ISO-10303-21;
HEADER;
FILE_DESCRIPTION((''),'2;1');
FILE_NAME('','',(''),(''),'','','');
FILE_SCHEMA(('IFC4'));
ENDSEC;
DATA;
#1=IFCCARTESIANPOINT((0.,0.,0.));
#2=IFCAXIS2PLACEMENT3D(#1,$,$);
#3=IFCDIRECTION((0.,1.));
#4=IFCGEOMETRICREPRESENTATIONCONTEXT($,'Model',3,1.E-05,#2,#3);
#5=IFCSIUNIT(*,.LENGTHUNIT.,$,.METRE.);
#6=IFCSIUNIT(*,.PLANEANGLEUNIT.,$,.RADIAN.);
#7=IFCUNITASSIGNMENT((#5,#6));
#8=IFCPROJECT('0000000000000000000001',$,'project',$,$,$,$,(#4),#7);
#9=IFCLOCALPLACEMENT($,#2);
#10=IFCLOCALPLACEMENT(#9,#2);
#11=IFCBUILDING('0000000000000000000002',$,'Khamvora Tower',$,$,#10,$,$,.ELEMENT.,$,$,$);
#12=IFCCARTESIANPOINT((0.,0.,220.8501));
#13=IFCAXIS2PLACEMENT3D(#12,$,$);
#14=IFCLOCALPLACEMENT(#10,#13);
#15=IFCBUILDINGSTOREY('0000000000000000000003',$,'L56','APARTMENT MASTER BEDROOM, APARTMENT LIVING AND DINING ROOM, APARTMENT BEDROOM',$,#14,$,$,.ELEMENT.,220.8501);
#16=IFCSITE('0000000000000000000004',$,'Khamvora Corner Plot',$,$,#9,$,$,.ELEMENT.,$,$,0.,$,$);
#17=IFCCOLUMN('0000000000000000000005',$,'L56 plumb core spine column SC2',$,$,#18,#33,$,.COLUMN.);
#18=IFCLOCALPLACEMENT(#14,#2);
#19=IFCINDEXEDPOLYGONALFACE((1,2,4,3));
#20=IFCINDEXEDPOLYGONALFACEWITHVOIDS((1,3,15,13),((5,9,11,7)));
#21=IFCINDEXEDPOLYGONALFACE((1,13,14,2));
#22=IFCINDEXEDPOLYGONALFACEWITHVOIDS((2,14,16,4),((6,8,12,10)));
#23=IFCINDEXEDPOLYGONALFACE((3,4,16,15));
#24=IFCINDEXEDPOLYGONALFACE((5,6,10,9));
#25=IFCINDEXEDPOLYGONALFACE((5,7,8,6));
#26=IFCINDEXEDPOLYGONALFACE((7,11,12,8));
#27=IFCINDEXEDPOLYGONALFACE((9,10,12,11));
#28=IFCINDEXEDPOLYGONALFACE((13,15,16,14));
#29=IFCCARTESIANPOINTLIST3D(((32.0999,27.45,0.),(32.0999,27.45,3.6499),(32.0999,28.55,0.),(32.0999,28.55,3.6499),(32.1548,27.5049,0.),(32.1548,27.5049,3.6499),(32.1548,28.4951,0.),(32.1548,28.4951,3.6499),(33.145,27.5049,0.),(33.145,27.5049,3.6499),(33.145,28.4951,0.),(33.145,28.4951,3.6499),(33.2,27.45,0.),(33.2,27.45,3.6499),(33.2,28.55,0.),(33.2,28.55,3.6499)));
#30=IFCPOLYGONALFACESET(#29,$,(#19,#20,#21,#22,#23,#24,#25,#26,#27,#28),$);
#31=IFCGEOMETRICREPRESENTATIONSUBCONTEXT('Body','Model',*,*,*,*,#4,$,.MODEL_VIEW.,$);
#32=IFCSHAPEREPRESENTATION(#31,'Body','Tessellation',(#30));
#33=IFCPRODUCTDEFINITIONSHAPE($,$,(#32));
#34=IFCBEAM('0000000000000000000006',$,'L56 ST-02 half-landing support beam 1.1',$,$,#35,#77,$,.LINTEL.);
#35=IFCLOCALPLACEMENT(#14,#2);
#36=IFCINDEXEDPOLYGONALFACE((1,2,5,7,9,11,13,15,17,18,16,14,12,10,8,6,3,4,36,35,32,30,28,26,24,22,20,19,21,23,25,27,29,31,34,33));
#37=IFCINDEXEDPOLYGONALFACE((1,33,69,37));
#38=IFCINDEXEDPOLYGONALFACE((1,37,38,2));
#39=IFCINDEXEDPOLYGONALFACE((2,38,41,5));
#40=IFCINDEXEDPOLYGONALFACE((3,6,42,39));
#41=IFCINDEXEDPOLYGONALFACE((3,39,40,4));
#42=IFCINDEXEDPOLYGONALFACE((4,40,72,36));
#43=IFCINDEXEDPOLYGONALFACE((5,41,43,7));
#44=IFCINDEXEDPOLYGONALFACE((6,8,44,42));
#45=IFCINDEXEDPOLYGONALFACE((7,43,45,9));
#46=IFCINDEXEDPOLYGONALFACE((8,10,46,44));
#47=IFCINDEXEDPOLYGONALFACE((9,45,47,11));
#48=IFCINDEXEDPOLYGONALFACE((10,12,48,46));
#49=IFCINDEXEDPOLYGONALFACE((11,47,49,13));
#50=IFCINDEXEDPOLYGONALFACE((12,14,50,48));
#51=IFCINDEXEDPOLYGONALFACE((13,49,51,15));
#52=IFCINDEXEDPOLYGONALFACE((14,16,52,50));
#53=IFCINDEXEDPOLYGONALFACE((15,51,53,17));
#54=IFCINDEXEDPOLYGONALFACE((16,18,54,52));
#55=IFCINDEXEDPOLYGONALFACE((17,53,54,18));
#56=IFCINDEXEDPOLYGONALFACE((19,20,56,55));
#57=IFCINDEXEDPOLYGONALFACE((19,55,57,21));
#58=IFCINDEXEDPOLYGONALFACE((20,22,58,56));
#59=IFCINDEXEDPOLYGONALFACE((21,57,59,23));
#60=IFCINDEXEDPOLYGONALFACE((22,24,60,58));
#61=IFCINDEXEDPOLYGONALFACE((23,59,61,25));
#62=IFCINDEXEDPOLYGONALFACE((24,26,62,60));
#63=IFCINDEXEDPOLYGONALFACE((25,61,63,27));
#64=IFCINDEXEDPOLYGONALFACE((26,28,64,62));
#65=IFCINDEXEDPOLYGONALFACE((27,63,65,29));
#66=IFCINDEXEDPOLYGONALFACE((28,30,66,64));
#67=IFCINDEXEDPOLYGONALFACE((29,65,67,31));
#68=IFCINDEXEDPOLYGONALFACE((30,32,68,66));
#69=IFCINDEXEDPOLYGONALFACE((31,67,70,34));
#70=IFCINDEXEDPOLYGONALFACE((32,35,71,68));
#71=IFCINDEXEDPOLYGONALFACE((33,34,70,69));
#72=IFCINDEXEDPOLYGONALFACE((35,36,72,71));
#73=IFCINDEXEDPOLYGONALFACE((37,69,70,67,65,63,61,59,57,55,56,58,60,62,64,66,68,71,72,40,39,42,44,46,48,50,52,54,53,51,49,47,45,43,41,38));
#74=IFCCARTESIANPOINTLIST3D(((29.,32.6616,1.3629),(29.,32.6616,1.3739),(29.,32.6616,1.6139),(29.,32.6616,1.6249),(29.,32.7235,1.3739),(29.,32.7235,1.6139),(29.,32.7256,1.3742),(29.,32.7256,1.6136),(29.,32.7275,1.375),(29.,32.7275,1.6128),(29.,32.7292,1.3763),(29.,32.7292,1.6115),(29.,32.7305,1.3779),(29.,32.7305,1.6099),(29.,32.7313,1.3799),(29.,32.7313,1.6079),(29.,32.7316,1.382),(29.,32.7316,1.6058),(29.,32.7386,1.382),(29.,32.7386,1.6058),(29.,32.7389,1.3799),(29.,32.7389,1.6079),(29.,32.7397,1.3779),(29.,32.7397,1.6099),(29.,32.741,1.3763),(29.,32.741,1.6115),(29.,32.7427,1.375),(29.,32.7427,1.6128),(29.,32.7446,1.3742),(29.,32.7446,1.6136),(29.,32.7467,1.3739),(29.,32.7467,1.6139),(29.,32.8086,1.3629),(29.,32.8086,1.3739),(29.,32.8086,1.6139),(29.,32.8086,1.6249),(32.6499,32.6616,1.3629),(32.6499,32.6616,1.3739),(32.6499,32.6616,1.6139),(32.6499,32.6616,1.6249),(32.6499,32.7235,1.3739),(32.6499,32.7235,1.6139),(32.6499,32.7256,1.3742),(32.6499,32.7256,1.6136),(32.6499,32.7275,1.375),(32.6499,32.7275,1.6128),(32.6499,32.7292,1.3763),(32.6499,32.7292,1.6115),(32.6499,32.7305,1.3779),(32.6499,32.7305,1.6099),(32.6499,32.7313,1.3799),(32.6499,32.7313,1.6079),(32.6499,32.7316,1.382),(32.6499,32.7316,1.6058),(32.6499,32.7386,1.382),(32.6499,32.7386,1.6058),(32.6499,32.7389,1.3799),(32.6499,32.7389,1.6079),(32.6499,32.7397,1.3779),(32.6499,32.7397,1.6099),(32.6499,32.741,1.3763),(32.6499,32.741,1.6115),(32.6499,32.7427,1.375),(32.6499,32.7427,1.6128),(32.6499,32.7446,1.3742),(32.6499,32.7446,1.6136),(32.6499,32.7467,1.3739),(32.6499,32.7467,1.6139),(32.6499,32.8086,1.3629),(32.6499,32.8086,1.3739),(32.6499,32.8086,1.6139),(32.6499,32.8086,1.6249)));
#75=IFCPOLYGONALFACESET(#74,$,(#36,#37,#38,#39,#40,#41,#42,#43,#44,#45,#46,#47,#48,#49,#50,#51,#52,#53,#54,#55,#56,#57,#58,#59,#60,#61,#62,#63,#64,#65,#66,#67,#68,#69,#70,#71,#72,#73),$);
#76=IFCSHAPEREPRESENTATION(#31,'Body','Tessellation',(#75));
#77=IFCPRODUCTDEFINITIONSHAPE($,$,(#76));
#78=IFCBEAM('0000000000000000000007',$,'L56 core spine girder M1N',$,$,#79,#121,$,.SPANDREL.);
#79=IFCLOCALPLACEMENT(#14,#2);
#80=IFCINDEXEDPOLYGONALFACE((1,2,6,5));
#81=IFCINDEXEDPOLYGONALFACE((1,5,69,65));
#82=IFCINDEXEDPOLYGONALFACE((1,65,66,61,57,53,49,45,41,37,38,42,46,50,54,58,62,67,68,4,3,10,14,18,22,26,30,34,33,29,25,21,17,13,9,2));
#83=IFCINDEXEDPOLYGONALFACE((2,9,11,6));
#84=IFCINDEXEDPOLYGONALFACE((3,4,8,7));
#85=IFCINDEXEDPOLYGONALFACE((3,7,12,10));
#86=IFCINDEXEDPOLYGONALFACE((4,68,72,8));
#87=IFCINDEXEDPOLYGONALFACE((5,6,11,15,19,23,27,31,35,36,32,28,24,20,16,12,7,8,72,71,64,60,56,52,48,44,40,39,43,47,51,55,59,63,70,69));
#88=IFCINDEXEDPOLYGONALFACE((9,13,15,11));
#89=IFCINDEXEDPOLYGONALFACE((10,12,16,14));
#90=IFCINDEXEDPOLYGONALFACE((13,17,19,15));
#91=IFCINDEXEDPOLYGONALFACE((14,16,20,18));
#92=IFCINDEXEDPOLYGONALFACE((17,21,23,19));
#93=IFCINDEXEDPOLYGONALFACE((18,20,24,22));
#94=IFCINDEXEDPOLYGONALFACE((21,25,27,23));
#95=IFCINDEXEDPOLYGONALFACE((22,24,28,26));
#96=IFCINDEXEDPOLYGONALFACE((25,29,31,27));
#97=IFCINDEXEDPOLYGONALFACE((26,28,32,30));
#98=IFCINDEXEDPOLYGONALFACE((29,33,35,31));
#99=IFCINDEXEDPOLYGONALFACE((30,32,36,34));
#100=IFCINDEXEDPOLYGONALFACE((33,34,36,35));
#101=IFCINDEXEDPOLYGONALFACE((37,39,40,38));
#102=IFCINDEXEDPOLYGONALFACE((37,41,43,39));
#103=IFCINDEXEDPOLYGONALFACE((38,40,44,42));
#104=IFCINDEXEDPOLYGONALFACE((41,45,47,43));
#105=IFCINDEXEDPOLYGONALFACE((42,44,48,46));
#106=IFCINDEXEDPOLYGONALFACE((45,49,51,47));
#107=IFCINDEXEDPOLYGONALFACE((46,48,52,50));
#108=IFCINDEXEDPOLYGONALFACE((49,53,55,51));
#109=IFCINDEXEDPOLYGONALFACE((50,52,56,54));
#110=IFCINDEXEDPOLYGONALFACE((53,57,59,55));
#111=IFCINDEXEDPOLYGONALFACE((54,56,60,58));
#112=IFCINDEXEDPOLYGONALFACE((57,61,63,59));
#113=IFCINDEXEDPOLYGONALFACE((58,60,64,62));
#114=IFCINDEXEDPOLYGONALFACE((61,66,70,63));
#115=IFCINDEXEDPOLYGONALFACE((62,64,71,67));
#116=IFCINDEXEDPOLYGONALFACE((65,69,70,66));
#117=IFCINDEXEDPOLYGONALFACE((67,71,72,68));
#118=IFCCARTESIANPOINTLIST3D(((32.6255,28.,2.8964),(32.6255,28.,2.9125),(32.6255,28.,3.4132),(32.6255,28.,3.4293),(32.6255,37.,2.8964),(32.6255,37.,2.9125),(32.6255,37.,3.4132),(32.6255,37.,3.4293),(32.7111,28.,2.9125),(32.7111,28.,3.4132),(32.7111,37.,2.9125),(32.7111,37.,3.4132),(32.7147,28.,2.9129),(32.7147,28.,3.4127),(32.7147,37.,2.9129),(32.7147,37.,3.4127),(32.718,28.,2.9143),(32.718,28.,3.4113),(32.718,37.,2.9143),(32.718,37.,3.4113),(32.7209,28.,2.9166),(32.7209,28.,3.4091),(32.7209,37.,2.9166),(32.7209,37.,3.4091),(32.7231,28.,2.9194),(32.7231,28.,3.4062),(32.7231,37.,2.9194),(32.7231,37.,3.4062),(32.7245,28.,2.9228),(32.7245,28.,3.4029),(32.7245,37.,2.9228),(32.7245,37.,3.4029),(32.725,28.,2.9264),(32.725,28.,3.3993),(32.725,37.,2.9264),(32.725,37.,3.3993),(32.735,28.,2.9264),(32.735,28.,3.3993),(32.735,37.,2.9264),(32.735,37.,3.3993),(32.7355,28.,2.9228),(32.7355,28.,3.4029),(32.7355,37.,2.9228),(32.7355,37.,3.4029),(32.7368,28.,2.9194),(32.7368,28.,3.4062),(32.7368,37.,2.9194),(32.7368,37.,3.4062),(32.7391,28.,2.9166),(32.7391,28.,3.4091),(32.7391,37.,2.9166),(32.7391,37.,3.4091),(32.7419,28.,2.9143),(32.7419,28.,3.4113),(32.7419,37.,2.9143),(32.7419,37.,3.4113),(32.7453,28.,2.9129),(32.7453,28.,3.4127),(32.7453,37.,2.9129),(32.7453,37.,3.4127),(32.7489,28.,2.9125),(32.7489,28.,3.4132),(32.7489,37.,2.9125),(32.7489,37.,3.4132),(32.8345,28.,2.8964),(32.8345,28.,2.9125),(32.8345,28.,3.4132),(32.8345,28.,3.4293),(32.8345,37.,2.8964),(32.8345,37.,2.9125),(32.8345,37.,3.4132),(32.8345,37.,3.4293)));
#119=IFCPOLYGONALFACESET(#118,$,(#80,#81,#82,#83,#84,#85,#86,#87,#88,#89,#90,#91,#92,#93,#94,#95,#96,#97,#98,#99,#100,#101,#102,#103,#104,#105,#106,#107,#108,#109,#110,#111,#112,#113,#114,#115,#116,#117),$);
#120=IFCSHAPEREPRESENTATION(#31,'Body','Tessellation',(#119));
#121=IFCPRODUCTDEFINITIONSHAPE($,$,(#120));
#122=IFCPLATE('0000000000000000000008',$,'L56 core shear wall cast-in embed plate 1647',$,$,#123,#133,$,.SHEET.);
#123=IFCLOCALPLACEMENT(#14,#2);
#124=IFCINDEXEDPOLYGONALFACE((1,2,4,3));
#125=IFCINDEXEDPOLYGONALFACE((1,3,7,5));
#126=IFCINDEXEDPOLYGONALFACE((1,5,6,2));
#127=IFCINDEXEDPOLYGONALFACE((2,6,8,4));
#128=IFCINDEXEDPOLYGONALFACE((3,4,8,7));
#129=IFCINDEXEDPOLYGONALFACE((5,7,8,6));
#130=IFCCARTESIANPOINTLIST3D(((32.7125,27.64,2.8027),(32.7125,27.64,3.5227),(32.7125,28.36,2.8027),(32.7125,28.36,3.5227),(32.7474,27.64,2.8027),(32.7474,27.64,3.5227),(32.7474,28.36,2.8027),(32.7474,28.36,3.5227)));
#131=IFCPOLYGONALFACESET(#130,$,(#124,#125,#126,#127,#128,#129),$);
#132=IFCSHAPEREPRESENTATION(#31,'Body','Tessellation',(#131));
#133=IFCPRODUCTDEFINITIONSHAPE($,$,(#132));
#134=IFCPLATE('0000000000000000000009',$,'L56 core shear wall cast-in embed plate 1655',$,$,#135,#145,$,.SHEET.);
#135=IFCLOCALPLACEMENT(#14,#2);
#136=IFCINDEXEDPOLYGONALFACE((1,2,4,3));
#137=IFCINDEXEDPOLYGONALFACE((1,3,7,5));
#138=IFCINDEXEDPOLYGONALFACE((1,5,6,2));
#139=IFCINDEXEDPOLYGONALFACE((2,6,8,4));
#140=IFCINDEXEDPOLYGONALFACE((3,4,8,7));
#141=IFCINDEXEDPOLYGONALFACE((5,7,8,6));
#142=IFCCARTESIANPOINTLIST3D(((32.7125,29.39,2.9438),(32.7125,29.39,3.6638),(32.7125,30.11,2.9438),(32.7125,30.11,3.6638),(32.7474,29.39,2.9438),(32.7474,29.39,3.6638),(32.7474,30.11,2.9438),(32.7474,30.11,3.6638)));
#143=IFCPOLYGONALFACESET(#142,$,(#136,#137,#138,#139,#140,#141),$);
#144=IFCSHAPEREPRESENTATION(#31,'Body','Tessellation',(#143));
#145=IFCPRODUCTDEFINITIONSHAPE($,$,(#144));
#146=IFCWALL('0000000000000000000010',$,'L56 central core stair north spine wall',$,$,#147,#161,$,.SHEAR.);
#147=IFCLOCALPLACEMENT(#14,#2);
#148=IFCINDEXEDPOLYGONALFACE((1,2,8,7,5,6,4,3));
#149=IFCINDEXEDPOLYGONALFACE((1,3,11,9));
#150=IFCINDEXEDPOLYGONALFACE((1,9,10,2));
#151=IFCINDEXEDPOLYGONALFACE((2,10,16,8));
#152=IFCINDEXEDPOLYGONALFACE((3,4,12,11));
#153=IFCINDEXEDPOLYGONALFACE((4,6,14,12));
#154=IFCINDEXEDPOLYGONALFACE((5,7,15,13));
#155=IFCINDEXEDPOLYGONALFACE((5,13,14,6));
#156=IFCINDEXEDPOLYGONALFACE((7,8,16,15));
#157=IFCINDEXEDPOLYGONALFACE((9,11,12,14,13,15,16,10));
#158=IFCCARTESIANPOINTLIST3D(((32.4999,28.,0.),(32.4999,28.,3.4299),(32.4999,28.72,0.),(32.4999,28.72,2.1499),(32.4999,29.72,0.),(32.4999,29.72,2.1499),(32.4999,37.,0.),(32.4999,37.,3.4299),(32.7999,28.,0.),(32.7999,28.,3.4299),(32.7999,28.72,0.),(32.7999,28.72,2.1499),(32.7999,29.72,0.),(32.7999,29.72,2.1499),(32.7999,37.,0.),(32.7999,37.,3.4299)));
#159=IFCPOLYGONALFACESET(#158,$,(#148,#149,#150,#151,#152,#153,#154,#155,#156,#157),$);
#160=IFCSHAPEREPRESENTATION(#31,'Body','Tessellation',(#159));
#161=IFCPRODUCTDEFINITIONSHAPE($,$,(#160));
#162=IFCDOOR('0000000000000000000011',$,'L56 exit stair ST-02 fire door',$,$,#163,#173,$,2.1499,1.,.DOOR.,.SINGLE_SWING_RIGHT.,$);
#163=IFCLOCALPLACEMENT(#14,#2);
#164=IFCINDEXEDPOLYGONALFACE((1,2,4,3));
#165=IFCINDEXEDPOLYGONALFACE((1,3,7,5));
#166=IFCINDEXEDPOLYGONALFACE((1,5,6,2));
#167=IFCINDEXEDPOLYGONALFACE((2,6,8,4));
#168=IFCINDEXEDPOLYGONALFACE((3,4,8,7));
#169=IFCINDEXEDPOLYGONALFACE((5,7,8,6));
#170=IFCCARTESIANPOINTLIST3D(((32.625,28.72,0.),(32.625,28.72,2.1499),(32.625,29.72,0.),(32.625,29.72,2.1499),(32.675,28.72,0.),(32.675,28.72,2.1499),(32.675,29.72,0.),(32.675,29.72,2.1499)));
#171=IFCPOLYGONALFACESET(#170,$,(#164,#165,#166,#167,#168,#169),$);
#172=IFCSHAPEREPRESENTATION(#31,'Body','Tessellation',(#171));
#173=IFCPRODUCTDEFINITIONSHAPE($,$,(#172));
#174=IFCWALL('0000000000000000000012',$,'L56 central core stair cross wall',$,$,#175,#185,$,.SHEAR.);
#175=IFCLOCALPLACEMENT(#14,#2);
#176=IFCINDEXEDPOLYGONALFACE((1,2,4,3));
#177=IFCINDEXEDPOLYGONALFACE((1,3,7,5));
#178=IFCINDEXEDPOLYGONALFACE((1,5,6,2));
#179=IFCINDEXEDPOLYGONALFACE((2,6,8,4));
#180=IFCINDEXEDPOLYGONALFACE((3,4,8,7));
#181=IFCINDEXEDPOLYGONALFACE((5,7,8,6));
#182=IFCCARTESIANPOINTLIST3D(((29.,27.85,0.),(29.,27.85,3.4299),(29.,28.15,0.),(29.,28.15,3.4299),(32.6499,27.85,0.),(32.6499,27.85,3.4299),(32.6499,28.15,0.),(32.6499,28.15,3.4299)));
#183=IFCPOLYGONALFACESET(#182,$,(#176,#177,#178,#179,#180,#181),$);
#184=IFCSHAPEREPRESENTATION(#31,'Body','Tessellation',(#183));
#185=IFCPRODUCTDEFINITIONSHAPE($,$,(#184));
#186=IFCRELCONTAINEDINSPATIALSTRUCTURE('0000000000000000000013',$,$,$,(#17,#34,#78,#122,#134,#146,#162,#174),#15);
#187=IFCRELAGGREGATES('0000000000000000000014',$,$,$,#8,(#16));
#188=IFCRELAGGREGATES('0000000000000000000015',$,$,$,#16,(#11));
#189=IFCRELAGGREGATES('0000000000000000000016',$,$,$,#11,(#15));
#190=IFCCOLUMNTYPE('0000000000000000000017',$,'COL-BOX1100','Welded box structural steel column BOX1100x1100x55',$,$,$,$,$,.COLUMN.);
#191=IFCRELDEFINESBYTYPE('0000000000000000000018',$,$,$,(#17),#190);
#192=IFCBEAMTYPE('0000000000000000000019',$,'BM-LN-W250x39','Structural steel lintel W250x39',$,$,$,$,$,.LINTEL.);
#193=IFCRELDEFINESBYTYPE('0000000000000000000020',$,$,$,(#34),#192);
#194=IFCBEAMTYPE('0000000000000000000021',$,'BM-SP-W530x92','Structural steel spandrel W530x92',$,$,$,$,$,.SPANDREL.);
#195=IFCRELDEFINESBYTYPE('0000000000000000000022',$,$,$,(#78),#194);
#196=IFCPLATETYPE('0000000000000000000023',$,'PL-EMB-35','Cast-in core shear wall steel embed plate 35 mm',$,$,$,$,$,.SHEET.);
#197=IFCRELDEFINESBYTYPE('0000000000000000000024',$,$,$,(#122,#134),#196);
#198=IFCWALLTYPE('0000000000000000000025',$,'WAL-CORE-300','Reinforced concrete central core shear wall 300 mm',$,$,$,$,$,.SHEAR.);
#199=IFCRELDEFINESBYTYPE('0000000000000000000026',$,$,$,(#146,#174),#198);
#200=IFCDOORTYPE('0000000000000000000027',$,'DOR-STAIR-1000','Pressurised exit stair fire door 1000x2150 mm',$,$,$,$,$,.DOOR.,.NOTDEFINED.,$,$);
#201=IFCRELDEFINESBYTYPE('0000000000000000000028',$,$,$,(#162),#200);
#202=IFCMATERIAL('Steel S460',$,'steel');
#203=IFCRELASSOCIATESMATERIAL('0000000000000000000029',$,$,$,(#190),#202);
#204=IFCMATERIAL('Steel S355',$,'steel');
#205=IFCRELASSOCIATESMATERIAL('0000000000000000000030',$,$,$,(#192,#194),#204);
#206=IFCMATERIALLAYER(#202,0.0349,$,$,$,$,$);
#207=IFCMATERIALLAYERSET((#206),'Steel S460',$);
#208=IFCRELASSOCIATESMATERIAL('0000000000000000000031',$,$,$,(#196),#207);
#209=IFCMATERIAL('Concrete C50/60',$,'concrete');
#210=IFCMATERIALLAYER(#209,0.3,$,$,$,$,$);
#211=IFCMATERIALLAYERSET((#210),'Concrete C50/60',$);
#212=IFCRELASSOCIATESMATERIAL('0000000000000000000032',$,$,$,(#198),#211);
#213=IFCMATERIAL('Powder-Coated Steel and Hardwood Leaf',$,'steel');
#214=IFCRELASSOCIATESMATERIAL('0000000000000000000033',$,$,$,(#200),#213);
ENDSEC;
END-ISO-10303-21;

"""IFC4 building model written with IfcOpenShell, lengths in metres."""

from ifc_helpers import new_model, si_unit, direction, frame, frame_2d, origin, origin_2d, place, context, subcontext, project, spatial, rectangle, hollow_rectangle, i_section, extrude, material, layer, layer_set, material_profile, profile_set, type_object, element, fill, save


model = new_model("IFC4")

# Units and contexts
model_context = context("Model", 3, precision=1e-05, world=origin(), true_north=direction((0.0, 1.0)))
body_context = subcontext(model_context, "Body", "Model", "MODEL_VIEW")
ifc_project = project(units=[si_unit("LENGTHUNIT", "METRE"), si_unit("PLANEANGLEUNIT", "RADIAN")], contexts=[model_context])

# Site, building, storey
site_placement = place(None, origin())
site = spatial("IfcSite", under=ifc_project, at=site_placement, Name="Khamvora Corner Plot", CompositionType="ELEMENT", RefElevation=0.0)
building_placement = place(site_placement, origin())
building = spatial("IfcBuilding", under=site, at=building_placement, Name="Khamvora Tower", CompositionType="ELEMENT")
storey_placement = place(building_placement, frame((0.0, 0.0, 220.8501)))
storey = spatial("IfcBuildingStorey", under=building, at=storey_placement, Name="L56", Description="APARTMENT MASTER BEDROOM, APARTMENT LIVING AND DINING ROOM, APARTMENT BEDROOM", CompositionType="ELEMENT", Elevation=220.8501)

# Column
ifc_material_1 = material(Name="Steel S460", Category="steel")
ifc_material_profile_1 = material_profile(ifc_material_1, hollow_rectangle(XDim=1.1001, YDim=1.1001, WallThickness=0.0549, at=origin_2d()), Name="BOX1100x1100x55")
ifc_profile_set_1 = profile_set([ifc_material_profile_1], Name="Steel S460")
column_type = type_object("IfcColumnType", Name="COL-BOX1100", Description="Welded box structural steel column BOX1100x1100x55", PredefinedType="COLUMN", material=ifc_profile_set_1)
column_placement = place(storey_placement, frame((32.6499, 28.0, 0.0), z_axis=(0.0, 0.0, 1.0), x_axis=(1.0, 0.0, 0.0)))
element("IfcColumn", 1, at=column_placement, inside=storey, type_object=column_type, Name="L56 plumb core spine column SC2", PredefinedType="COLUMN", context=body_context, shape_type="SweptSolid", body=[
    extrude(hollow_rectangle(XDim=1.1001, YDim=1.1001, WallThickness=0.0549, at=origin_2d()), origin(), (0.0, 0.0, 1.0), 3.6499),
])

# Beams
ifc_material_2 = material(Name="Steel S355", Category="steel")
ifc_material_profile_2 = material_profile(ifc_material_2, i_section(OverallWidth=0.147, OverallDepth=0.262, WebThickness=0.0071, FlangeThickness=0.011, FilletRadius=0.0081, at=origin_2d()), Name="W250x39")
ifc_profile_set_2 = profile_set([ifc_material_profile_2], Name="Steel S355")
beam_type_1 = type_object("IfcBeamType", Name="BM-LN-W250x39", Description="Structural steel lintel W250x39", PredefinedType="LINTEL", material=ifc_profile_set_2)
beam_1_placement = place(storey_placement, frame((29.0, 32.7351, 1.4939), z_axis=(1.0, 0.0, 0.0), x_axis=(0.0, 1.0, 0.0)))
element("IfcBeam", 2, at=beam_1_placement, inside=storey, type_object=beam_type_1, Name="L56 ST-02 half-landing support beam 1.1", PredefinedType="LINTEL", context=body_context, shape_type="SweptSolid", body=[
    extrude(i_section(OverallWidth=0.147, OverallDepth=0.262, WebThickness=0.0071, FlangeThickness=0.011, FilletRadius=0.0081, at=origin_2d()), origin(), (0.0, 0.0, 1.0), 3.6499),
])
ifc_material_profile_3 = material_profile(ifc_material_2, i_section(OverallWidth=0.209, OverallDepth=0.533, WebThickness=0.01, FlangeThickness=0.0161, FilletRadius=0.0139, at=origin_2d()), Name="W530x92")
ifc_profile_set_3 = profile_set([ifc_material_profile_3], Name="Steel S355")
beam_type_2 = type_object("IfcBeamType", Name="BM-SP-W530x92", Description="Structural steel spandrel W530x92", PredefinedType="SPANDREL", material=ifc_profile_set_3)
beam_2_placement = place(storey_placement, frame((32.73, 28.0, 3.1628), z_axis=(0.0, 1.0, 0.0), x_axis=(-1.0, 0.0, 0.0)))
element("IfcBeam", 3, at=beam_2_placement, inside=storey, type_object=beam_type_2, Name="L56 core spine girder M1N", PredefinedType="SPANDREL", context=body_context, shape_type="SweptSolid", body=[
    extrude(i_section(OverallWidth=0.209, OverallDepth=0.533, WebThickness=0.01, FlangeThickness=0.0161, FilletRadius=0.0139, at=origin_2d()), origin(), (0.0, 0.0, 1.0), 9.0),
])

# Plates
ifc_layer_1 = layer(ifc_material_1, 0.0349)
ifc_layer_set_1 = layer_set([ifc_layer_1], Name="Steel S460")
plate_type = type_object("IfcPlateType", Name="PL-EMB-35", Description="Cast-in core shear wall steel embed plate 35 mm", PredefinedType="SHEET", material=ifc_layer_set_1)
for number, where, z_axis, x_axis, name in (
    (4, (32.73, 28.0, 2.8027), (0.0, 0.0, 1.0), (1.0, 0.0, 0.0), "L56 core shear wall cast-in embed plate 1647"),
    (5, (32.73, 29.75, 2.9438), (0.0, 0.0, 1.0), (1.0, 0.0, 0.0), "L56 core shear wall cast-in embed plate 1655"),
):
    element("IfcPlate", number, at=place(storey_placement, frame(where, z_axis=z_axis, x_axis=x_axis)), inside=storey, type_object=plate_type, Name=name, PredefinedType="SHEET", context=body_context, shape_type="SweptSolid", body=[
        extrude(rectangle(XDim=0.0349, YDim=0.72, at=origin_2d()), origin(), (0.0, 0.0, 1.0), 0.72),
    ])

# Wall, opening, door
ifc_material_3 = material(Name="Concrete C50/60", Category="concrete")
ifc_layer_2 = layer(ifc_material_3, 0.3)
ifc_layer_set_2 = layer_set([ifc_layer_2], Name="Concrete C50/60")
wall_type_1 = type_object("IfcWallType", Name="WAL-CORE-300", Description="Reinforced concrete central core shear wall 300 mm", PredefinedType="SHEAR", material=ifc_layer_set_2)
wall_1_placement = place(storey_placement, frame((32.6499, 28.0, 0.0), z_axis=(0.0, 0.0, 1.0), x_axis=(0.0, 1.0, 0.0)))
wall_1 = element("IfcWall", 6, at=wall_1_placement, inside=storey, type_object=wall_type_1, Name="L56 central core stair north spine wall", PredefinedType="SHEAR", context=body_context, shape_type="SweptSolid", body=[
    extrude(rectangle(XDim=9.0, YDim=0.3, at=frame_2d((4.5, 0.0))), origin(), (0.0, 0.0, 1.0), 3.4299),
])
opening_1_placement = place(wall_1_placement, frame((0.72, 0.0, 0.0)))
opening_1 = element("IfcOpeningElement", 7, at=opening_1_placement, cuts=wall_1, PredefinedType="OPENING", context=body_context, shape_type="SweptSolid", body=[
    extrude(rectangle(XDim=1.0, YDim=2.1499, at=frame_2d((0.5, 1.075))), frame((0.0, 0.1599, 0.0), z_axis=(0.0, -1.0, 0.0), x_axis=(1.0, 0.0, 0.0)), (0.0, 0.0, 1.0), 0.3201),
])
ifc_material_4 = material(Name="Powder-Coated Steel and Hardwood Leaf", Category="steel")
door_type_1 = type_object("IfcDoorType", Name="DOR-STAIR-1000", Description="Pressurised exit stair fire door 1000x2150 mm", OperationType="NOTDEFINED", PredefinedType="DOOR", material=ifc_material_4)
door_1_placement = place(opening_1_placement, origin())
door_1 = element("IfcDoor", 8, at=door_1_placement, inside=storey, type_object=door_type_1, Name="L56 exit stair ST-02 fire door", OperationType="SINGLE_SWING_RIGHT", OverallHeight=2.1499, OverallWidth=1.0, PredefinedType="DOOR", context=body_context, shape_type="SweptSolid", body=[
    extrude(rectangle(XDim=1.0, YDim=2.1499, at=frame_2d((0.5, 1.075))), frame((0.0, 0.0249, 0.0), z_axis=(0.0, -1.0, 0.0), x_axis=(1.0, 0.0, 0.0)), (0.0, 0.0, 1.0), 0.05),
])
fill(opening_1, door_1)

# Wall
wall_2_placement = place(storey_placement, frame((29.0, 28.0, 0.0), z_axis=(0.0, 0.0, 1.0), x_axis=(1.0, 0.0, 0.0)))
element("IfcWall", 9, at=wall_2_placement, inside=storey, type_object=wall_type_1, Name="L56 central core stair cross wall", PredefinedType="SHEAR", context=body_context, shape_type="SweptSolid", body=[
    extrude(rectangle(XDim=3.6499, YDim=0.3, at=frame_2d((1.825, 0.0))), origin(), (0.0, 0.0, 1.0), 3.4299),
])

save(model, "model.ifc")
